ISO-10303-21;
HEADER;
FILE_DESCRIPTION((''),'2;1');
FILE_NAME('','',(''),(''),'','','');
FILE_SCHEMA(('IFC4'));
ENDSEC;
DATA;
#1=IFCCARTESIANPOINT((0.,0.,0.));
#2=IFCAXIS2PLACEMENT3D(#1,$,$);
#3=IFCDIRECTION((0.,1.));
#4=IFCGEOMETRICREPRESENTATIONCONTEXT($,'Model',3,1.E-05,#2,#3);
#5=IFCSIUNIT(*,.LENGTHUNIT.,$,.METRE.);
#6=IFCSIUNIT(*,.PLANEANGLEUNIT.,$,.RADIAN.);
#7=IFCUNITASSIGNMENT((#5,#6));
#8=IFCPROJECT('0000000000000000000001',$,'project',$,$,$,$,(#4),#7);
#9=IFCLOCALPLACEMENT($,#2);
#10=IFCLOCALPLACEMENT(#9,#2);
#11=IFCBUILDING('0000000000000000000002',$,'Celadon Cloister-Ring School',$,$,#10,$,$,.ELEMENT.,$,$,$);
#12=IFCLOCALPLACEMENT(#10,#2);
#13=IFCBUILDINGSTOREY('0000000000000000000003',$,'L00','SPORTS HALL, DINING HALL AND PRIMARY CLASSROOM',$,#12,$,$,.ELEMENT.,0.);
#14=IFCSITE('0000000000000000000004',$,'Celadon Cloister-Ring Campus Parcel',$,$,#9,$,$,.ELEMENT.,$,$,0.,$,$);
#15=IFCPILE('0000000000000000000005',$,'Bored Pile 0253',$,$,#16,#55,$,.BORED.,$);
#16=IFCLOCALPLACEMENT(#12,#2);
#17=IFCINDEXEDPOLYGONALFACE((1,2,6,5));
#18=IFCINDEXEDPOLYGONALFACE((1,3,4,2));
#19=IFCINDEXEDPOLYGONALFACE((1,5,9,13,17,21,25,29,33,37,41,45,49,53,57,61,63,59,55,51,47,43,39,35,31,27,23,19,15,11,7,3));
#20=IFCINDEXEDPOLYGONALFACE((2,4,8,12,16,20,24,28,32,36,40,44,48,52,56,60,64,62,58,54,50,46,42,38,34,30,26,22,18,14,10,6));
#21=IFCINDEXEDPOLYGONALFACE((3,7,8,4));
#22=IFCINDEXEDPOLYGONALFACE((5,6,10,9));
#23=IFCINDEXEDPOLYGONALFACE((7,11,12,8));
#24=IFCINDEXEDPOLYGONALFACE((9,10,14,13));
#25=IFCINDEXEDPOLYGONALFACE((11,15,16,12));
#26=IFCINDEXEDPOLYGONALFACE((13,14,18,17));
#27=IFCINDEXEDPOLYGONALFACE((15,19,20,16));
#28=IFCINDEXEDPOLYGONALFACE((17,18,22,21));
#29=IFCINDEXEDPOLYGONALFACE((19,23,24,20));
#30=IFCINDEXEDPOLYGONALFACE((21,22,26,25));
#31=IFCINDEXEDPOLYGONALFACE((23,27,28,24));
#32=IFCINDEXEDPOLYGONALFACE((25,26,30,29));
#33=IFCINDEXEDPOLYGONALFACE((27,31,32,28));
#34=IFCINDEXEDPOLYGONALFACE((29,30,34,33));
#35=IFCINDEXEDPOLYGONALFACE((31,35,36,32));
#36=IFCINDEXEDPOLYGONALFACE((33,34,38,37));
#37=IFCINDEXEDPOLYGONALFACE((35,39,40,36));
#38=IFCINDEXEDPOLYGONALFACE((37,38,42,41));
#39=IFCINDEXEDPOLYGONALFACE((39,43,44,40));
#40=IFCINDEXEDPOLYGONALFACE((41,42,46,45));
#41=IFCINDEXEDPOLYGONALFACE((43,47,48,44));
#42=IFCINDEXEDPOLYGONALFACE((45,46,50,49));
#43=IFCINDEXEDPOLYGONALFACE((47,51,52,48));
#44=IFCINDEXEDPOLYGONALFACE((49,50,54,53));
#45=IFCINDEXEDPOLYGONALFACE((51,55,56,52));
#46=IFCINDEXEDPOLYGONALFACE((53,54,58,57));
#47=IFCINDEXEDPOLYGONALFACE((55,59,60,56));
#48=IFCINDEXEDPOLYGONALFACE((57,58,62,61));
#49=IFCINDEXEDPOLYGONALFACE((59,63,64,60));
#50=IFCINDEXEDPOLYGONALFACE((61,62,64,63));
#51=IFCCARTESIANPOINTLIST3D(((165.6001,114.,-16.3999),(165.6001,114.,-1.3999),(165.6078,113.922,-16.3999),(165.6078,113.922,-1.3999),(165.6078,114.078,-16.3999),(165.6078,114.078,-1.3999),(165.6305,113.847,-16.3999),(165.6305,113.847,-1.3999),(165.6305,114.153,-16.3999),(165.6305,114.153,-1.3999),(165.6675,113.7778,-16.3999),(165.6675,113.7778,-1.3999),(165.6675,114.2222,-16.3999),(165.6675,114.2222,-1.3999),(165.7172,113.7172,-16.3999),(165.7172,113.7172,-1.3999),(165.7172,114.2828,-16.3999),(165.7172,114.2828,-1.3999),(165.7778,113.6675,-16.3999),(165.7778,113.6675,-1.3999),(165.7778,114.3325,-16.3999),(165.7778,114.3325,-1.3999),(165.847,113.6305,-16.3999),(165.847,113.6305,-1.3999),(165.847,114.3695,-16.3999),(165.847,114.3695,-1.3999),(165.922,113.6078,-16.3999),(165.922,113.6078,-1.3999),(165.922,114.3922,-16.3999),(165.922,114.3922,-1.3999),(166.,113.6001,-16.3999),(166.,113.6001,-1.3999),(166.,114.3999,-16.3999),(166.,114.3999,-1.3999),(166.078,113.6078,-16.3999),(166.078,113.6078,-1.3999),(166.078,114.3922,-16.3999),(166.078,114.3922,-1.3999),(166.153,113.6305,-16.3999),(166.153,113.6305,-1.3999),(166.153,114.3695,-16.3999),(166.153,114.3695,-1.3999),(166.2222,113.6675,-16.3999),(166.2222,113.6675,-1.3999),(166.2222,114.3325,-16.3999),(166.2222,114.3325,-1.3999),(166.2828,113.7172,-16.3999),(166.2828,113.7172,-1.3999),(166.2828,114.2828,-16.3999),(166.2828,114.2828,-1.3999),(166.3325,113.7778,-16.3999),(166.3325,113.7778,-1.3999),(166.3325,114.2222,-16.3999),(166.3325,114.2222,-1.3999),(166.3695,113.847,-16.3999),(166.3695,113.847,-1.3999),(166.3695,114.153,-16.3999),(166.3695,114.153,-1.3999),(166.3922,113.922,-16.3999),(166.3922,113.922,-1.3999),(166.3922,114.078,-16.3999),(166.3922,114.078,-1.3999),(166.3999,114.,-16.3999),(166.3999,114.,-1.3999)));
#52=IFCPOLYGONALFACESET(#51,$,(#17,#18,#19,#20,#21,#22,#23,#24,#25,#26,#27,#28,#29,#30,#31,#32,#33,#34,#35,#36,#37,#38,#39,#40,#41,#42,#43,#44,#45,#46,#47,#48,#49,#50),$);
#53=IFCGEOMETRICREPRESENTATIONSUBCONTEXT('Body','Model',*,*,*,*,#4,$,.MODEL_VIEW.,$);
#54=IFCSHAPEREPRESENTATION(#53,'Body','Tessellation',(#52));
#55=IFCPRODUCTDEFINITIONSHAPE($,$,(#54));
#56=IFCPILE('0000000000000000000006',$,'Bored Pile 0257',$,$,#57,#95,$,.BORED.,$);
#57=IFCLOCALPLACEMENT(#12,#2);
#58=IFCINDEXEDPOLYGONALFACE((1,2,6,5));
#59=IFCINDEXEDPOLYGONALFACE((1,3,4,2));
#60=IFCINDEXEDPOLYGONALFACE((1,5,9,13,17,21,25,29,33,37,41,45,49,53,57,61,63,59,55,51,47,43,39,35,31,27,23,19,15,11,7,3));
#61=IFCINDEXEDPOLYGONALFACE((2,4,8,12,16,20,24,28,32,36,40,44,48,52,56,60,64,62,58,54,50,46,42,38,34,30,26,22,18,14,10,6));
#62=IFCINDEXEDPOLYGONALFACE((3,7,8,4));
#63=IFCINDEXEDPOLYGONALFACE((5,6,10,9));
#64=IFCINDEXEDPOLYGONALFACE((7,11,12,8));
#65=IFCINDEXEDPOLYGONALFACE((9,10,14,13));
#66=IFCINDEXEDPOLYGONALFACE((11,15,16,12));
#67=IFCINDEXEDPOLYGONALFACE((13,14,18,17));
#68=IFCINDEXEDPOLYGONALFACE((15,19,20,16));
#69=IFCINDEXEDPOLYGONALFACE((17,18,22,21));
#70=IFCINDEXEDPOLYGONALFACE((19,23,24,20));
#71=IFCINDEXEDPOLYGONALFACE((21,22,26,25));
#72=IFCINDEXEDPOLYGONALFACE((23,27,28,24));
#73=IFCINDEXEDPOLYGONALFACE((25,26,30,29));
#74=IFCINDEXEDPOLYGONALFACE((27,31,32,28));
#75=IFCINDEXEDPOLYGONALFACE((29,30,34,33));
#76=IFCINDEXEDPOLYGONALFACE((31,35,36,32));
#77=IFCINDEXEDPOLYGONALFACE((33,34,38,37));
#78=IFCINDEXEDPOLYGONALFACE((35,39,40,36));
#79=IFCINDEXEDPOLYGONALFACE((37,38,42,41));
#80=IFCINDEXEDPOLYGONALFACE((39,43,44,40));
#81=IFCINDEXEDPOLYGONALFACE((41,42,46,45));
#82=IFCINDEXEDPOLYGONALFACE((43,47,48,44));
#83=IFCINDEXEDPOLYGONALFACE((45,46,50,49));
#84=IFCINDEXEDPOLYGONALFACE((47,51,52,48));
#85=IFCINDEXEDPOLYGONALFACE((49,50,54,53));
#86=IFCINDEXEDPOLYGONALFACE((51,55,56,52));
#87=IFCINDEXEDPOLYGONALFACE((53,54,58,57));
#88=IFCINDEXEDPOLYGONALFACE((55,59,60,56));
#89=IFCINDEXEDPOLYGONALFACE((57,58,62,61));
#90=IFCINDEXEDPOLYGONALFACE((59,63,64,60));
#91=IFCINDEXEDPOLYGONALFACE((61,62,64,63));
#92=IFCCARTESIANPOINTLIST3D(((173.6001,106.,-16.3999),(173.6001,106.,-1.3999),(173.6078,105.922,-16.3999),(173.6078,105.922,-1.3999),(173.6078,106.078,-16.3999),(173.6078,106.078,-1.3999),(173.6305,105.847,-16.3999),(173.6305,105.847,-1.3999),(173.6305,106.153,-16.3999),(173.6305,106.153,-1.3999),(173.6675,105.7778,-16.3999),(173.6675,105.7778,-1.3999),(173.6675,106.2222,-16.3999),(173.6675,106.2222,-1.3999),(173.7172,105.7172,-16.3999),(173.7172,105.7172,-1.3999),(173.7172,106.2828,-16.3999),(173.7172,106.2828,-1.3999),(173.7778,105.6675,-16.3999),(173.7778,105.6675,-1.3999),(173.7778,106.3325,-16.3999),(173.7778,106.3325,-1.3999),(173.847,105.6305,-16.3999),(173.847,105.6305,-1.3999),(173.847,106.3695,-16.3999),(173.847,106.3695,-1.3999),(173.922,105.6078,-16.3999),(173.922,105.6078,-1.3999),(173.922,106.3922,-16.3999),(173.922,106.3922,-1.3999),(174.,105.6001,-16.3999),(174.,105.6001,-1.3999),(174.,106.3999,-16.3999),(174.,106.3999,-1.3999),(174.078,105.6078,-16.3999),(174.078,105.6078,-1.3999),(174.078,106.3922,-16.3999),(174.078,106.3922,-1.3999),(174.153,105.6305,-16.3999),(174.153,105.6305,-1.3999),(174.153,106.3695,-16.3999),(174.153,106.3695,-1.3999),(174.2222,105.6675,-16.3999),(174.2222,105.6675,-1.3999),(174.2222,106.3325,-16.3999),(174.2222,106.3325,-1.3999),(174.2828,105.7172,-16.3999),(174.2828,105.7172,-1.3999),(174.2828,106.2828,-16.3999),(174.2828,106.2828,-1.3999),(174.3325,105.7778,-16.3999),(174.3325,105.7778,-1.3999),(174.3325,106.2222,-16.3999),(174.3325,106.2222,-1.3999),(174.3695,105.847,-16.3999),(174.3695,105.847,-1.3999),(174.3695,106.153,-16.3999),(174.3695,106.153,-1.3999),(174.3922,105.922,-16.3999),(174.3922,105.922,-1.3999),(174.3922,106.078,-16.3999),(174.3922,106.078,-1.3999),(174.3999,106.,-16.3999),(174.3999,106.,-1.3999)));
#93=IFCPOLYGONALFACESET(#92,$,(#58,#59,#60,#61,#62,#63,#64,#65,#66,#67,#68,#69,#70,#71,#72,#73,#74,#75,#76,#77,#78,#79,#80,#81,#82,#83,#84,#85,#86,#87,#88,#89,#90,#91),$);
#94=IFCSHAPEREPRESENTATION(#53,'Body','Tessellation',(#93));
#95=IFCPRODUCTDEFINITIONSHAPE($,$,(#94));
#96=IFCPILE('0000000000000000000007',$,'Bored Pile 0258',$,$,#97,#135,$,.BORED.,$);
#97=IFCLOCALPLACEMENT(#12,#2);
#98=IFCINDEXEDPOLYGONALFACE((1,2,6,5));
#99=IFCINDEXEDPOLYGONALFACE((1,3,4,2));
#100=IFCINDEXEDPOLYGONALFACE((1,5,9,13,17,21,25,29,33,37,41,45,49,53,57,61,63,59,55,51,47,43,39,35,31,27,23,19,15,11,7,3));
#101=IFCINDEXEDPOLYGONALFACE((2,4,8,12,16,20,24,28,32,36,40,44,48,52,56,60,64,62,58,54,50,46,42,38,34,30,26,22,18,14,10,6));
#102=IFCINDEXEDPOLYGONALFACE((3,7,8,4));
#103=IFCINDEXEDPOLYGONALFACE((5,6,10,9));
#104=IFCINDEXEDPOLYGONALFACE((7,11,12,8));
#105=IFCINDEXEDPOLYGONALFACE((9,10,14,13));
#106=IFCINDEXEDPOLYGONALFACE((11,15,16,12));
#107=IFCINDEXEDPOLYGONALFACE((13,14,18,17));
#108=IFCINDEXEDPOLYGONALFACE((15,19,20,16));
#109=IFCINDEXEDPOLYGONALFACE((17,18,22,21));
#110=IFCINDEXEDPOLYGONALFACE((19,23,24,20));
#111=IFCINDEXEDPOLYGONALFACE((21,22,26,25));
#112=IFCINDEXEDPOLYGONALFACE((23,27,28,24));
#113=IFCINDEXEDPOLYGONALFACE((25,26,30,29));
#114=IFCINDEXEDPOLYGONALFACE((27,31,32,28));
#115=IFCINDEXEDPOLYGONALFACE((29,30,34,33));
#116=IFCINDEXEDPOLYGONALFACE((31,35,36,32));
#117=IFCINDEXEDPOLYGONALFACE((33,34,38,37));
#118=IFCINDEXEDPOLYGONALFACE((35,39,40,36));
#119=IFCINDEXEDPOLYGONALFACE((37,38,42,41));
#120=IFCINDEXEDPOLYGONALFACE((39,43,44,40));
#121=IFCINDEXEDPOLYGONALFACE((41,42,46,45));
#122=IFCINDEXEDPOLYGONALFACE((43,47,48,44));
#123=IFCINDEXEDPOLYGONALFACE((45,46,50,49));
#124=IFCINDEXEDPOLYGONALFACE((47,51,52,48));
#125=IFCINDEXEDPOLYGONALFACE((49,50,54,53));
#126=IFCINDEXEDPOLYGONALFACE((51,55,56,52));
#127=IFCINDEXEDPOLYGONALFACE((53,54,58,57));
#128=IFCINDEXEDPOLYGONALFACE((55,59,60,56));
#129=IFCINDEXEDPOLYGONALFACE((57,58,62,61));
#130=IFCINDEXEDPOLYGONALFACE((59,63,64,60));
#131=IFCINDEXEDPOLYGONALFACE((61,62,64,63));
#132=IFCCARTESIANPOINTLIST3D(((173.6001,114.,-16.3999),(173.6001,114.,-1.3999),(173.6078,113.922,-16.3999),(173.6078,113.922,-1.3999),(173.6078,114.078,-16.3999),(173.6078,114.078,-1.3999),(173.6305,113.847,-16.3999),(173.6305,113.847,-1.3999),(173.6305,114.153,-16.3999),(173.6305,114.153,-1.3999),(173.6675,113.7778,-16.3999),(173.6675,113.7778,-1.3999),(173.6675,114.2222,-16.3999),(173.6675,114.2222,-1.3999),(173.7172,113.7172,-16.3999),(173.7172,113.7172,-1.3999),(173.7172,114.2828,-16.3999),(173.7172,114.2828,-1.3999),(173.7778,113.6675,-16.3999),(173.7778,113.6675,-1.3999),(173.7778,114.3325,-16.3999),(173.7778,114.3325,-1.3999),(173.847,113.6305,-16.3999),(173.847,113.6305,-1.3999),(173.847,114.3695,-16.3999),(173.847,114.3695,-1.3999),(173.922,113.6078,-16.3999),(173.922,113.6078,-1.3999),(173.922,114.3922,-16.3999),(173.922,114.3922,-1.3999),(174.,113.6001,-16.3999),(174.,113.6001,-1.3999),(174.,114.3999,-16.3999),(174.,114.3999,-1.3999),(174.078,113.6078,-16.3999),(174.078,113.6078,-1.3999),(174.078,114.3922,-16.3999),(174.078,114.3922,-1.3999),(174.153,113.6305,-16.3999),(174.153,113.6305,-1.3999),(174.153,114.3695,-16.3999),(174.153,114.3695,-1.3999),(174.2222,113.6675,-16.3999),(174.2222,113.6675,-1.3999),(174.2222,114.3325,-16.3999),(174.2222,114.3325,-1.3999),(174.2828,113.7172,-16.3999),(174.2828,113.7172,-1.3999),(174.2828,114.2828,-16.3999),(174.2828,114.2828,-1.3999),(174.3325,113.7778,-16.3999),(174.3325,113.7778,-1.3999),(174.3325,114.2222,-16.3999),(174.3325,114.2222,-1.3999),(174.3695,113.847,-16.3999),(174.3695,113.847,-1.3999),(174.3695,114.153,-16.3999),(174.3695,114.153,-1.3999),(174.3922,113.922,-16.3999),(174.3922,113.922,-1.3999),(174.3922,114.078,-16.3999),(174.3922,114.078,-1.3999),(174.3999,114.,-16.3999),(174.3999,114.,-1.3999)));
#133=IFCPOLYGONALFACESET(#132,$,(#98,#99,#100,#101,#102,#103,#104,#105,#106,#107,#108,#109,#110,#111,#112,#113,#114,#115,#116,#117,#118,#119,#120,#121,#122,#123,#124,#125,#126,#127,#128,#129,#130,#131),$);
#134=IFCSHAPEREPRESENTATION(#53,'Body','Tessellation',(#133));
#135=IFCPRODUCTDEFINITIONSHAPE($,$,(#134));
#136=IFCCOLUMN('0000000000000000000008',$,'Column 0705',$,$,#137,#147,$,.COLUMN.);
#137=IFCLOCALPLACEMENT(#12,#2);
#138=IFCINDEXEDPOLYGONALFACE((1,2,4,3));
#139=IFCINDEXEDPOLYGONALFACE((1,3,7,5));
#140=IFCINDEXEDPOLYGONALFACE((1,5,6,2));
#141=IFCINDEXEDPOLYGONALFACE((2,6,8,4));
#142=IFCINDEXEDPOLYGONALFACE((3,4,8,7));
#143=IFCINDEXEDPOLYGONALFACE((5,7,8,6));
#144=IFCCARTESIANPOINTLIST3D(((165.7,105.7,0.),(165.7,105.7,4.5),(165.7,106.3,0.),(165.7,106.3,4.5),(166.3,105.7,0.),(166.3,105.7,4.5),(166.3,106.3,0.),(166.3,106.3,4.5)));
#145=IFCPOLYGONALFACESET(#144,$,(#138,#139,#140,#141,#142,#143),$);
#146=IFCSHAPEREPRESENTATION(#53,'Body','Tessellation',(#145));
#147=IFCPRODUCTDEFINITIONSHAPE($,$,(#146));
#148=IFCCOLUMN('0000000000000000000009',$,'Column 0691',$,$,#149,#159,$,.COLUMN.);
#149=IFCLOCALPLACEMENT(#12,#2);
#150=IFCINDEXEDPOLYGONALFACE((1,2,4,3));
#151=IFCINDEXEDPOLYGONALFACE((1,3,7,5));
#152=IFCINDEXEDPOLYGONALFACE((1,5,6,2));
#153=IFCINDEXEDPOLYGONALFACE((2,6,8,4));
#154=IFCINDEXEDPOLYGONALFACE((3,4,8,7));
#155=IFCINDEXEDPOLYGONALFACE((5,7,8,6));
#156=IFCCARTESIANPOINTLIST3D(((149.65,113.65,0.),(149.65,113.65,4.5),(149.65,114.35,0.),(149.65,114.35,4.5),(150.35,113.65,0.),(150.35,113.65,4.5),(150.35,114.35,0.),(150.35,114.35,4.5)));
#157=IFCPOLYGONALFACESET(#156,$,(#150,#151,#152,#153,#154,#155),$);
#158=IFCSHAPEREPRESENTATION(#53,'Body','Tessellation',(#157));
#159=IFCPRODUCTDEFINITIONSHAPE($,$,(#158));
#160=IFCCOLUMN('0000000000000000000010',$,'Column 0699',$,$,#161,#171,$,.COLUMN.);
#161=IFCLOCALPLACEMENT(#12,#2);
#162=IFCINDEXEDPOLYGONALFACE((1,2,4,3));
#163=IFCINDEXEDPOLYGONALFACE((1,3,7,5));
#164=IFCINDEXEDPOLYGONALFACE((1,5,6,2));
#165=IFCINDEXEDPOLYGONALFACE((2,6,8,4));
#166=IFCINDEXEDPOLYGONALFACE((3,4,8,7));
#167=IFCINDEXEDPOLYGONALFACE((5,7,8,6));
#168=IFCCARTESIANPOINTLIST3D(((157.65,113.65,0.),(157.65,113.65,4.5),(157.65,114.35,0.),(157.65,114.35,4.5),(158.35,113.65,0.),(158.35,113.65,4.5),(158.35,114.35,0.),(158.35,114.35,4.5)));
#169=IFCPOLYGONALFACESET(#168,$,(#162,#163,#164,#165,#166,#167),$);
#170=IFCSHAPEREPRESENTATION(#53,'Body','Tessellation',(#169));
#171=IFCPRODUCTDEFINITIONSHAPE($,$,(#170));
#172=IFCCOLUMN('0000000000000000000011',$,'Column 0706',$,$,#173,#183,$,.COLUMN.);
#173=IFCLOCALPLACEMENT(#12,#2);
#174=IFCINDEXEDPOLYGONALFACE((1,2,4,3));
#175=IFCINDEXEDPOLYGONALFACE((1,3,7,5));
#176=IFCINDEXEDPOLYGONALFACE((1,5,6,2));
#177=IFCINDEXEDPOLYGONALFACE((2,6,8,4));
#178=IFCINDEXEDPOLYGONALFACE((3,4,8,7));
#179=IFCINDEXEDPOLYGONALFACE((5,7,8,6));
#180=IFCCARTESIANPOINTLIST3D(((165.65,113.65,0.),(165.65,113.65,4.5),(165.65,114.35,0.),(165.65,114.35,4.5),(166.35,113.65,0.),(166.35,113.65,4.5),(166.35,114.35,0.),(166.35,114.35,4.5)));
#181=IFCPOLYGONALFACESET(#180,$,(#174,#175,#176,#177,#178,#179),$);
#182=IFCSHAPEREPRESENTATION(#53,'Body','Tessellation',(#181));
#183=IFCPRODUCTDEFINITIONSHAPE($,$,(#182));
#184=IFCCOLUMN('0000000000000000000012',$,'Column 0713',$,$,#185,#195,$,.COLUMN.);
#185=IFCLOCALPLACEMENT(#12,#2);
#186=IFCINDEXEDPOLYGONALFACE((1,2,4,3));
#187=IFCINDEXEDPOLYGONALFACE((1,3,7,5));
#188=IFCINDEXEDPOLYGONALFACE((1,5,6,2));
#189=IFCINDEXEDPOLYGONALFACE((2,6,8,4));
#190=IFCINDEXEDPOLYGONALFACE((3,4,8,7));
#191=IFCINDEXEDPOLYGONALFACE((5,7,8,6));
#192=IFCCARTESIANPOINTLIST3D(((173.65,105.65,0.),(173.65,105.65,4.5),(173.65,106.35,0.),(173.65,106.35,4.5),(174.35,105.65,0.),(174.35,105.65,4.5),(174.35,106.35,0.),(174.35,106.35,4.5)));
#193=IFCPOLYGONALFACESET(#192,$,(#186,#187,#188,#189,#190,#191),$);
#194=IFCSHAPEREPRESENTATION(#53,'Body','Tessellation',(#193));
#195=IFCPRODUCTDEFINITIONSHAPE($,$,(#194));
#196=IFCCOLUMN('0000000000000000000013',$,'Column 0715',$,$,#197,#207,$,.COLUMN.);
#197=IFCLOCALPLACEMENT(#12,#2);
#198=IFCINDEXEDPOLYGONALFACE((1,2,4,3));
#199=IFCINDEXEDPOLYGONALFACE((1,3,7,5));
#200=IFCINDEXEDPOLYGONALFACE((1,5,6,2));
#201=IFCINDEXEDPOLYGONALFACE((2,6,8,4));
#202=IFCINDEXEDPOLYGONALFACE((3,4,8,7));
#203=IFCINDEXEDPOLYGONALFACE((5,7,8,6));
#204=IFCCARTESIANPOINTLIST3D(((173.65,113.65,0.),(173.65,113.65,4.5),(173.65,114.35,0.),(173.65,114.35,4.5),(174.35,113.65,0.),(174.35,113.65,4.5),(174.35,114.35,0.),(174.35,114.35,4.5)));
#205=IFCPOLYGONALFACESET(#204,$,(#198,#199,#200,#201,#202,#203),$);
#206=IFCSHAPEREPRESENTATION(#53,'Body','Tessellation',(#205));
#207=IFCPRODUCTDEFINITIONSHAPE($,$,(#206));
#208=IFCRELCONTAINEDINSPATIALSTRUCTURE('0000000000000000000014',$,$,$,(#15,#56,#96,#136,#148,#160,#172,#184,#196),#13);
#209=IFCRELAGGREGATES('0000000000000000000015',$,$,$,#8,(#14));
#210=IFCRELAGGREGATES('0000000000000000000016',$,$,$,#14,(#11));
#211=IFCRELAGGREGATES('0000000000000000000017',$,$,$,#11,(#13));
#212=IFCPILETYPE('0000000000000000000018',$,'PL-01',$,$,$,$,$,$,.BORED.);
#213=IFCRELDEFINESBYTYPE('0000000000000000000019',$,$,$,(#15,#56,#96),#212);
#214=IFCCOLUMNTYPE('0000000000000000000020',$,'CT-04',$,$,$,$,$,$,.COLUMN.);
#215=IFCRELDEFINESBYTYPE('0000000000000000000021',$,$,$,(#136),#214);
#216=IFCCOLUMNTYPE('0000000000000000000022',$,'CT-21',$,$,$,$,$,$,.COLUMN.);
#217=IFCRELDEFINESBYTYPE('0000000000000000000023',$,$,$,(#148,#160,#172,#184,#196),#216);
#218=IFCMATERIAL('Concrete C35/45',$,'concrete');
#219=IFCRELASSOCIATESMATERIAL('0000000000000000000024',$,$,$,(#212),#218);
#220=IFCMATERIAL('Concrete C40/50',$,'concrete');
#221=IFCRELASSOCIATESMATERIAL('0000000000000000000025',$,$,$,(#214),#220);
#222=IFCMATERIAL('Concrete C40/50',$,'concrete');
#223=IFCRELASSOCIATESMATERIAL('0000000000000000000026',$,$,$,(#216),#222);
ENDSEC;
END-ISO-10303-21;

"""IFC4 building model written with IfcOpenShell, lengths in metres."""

from ifc_helpers import new_model, si_unit, direction, frame, origin, origin_2d, place, context, subcontext, project, spatial, rectangle, circle, extrude, material, material_profile, profile_set, type_object, element, save


model = new_model("IFC4")

# Units and contexts
model_context = context("Model", 3, precision=1e-05, world=origin(), true_north=direction((0.0, 1.0)))
body_context = subcontext(model_context, "Body", "Model", "MODEL_VIEW")
ifc_project = project(units=[si_unit("LENGTHUNIT", "METRE"), si_unit("PLANEANGLEUNIT", "RADIAN")], contexts=[model_context])

# Site, building, storey
site_placement = place(None, origin())
site = spatial("IfcSite", under=ifc_project, at=site_placement, Name="Celadon Cloister-Ring Campus Parcel", CompositionType="ELEMENT", RefElevation=0.0)
building_placement = place(site_placement, origin())
building = spatial("IfcBuilding", under=site, at=building_placement, Name="Celadon Cloister-Ring School", CompositionType="ELEMENT")
storey_placement = place(building_placement, origin())
storey = spatial("IfcBuildingStorey", under=building, at=storey_placement, Name="L00", Description="SPORTS HALL, DINING HALL AND PRIMARY CLASSROOM", CompositionType="ELEMENT", Elevation=0.0)

# Piles
ifc_material_1 = material(Name="Concrete C35/45", Category="concrete")
ifc_material_profile_1 = material_profile(ifc_material_1, circle(Radius=0.3999, at=origin_2d()), Name="PILE800")
ifc_profile_set_1 = profile_set([ifc_material_profile_1], Name="Concrete C35/45")
pile_type = type_object("IfcPileType", Name="PL-01", PredefinedType="BORED", material=ifc_profile_set_1)
for number, where, z_axis, x_axis, name in (
    (1, (166.0, 114.0, -1.3999), (0.0, 0.0, -1.0), (1.0, 0.0, 0.0), "Bored Pile 0253"),
    (2, (174.0, 106.0, -1.3999), (0.0, 0.0, -1.0), (1.0, 0.0, 0.0), "Bored Pile 0257"),
    (3, (174.0, 114.0, -1.3999), (0.0, 0.0, -1.0), (1.0, 0.0, 0.0), "Bored Pile 0258"),
):
    element("IfcPile", number, at=place(storey_placement, frame(where, z_axis=z_axis, x_axis=x_axis)), inside=storey, type_object=pile_type, Name=name, PredefinedType="BORED", context=body_context, shape_type="SweptSolid", body=[
        extrude(circle(Radius=0.3999, at=origin_2d()), origin(), (0.0, 0.0, 1.0), 15.0),
    ])

# Columns
ifc_material_2 = material(Name="Concrete C40/50", Category="concrete")
ifc_material_profile_2 = material_profile(ifc_material_2, rectangle(XDim=0.6001, YDim=0.6001, at=origin_2d()), Name="RC600X600")
ifc_profile_set_2 = profile_set([ifc_material_profile_2], Name="Concrete C40/50")
column_type_1 = type_object("IfcColumnType", Name="CT-04", PredefinedType="COLUMN", material=ifc_profile_set_2)
column_placement = place(storey_placement, frame((166.0, 106.0, 0.0), z_axis=(0.0, 0.0, 1.0), x_axis=(1.0, 0.0, 0.0)))
element("IfcColumn", 4, at=column_placement, inside=storey, type_object=column_type_1, Name="Column 0705", PredefinedType="COLUMN", context=body_context, shape_type="SweptSolid", body=[
    extrude(rectangle(XDim=0.6001, YDim=0.6001, at=origin_2d()), origin(), (0.0, 0.0, 1.0), 4.5),
])
ifc_material_3 = material(Name="Concrete C40/50", Category="concrete")
ifc_material_profile_3 = material_profile(ifc_material_3, rectangle(XDim=0.7, YDim=0.7, at=origin_2d()), Name="RC700X700")
ifc_profile_set_3 = profile_set([ifc_material_profile_3], Name="Concrete C40/50")
column_type_2 = type_object("IfcColumnType", Name="CT-21", PredefinedType="COLUMN", material=ifc_profile_set_3)
for number, where, z_axis, x_axis, name in (
    (5, (150.0, 114.0, 0.0), (0.0, 0.0, 1.0), (1.0, 0.0, 0.0), "Column 0691"),
    (6, (158.0, 114.0, 0.0), (0.0, 0.0, 1.0), (1.0, 0.0, 0.0), "Column 0699"),
    (7, (166.0, 114.0, 0.0), (0.0, 0.0, 1.0), (1.0, 0.0, 0.0), "Column 0706"),
    (8, (174.0, 106.0, 0.0), (0.0, 0.0, 1.0), (1.0, 0.0, 0.0), "Column 0713"),
    (9, (174.0, 114.0, 0.0), (0.0, 0.0, 1.0), (1.0, 0.0, 0.0), "Column 0715"),
):
    element("IfcColumn", number, at=place(storey_placement, frame(where, z_axis=z_axis, x_axis=x_axis)), inside=storey, type_object=column_type_2, Name=name, PredefinedType="COLUMN", context=body_context, shape_type="SweptSolid", body=[
        extrude(rectangle(XDim=0.7, YDim=0.7, at=origin_2d()), origin(), (0.0, 0.0, 1.0), 4.5),
    ])

save(model, "model.ifc")
